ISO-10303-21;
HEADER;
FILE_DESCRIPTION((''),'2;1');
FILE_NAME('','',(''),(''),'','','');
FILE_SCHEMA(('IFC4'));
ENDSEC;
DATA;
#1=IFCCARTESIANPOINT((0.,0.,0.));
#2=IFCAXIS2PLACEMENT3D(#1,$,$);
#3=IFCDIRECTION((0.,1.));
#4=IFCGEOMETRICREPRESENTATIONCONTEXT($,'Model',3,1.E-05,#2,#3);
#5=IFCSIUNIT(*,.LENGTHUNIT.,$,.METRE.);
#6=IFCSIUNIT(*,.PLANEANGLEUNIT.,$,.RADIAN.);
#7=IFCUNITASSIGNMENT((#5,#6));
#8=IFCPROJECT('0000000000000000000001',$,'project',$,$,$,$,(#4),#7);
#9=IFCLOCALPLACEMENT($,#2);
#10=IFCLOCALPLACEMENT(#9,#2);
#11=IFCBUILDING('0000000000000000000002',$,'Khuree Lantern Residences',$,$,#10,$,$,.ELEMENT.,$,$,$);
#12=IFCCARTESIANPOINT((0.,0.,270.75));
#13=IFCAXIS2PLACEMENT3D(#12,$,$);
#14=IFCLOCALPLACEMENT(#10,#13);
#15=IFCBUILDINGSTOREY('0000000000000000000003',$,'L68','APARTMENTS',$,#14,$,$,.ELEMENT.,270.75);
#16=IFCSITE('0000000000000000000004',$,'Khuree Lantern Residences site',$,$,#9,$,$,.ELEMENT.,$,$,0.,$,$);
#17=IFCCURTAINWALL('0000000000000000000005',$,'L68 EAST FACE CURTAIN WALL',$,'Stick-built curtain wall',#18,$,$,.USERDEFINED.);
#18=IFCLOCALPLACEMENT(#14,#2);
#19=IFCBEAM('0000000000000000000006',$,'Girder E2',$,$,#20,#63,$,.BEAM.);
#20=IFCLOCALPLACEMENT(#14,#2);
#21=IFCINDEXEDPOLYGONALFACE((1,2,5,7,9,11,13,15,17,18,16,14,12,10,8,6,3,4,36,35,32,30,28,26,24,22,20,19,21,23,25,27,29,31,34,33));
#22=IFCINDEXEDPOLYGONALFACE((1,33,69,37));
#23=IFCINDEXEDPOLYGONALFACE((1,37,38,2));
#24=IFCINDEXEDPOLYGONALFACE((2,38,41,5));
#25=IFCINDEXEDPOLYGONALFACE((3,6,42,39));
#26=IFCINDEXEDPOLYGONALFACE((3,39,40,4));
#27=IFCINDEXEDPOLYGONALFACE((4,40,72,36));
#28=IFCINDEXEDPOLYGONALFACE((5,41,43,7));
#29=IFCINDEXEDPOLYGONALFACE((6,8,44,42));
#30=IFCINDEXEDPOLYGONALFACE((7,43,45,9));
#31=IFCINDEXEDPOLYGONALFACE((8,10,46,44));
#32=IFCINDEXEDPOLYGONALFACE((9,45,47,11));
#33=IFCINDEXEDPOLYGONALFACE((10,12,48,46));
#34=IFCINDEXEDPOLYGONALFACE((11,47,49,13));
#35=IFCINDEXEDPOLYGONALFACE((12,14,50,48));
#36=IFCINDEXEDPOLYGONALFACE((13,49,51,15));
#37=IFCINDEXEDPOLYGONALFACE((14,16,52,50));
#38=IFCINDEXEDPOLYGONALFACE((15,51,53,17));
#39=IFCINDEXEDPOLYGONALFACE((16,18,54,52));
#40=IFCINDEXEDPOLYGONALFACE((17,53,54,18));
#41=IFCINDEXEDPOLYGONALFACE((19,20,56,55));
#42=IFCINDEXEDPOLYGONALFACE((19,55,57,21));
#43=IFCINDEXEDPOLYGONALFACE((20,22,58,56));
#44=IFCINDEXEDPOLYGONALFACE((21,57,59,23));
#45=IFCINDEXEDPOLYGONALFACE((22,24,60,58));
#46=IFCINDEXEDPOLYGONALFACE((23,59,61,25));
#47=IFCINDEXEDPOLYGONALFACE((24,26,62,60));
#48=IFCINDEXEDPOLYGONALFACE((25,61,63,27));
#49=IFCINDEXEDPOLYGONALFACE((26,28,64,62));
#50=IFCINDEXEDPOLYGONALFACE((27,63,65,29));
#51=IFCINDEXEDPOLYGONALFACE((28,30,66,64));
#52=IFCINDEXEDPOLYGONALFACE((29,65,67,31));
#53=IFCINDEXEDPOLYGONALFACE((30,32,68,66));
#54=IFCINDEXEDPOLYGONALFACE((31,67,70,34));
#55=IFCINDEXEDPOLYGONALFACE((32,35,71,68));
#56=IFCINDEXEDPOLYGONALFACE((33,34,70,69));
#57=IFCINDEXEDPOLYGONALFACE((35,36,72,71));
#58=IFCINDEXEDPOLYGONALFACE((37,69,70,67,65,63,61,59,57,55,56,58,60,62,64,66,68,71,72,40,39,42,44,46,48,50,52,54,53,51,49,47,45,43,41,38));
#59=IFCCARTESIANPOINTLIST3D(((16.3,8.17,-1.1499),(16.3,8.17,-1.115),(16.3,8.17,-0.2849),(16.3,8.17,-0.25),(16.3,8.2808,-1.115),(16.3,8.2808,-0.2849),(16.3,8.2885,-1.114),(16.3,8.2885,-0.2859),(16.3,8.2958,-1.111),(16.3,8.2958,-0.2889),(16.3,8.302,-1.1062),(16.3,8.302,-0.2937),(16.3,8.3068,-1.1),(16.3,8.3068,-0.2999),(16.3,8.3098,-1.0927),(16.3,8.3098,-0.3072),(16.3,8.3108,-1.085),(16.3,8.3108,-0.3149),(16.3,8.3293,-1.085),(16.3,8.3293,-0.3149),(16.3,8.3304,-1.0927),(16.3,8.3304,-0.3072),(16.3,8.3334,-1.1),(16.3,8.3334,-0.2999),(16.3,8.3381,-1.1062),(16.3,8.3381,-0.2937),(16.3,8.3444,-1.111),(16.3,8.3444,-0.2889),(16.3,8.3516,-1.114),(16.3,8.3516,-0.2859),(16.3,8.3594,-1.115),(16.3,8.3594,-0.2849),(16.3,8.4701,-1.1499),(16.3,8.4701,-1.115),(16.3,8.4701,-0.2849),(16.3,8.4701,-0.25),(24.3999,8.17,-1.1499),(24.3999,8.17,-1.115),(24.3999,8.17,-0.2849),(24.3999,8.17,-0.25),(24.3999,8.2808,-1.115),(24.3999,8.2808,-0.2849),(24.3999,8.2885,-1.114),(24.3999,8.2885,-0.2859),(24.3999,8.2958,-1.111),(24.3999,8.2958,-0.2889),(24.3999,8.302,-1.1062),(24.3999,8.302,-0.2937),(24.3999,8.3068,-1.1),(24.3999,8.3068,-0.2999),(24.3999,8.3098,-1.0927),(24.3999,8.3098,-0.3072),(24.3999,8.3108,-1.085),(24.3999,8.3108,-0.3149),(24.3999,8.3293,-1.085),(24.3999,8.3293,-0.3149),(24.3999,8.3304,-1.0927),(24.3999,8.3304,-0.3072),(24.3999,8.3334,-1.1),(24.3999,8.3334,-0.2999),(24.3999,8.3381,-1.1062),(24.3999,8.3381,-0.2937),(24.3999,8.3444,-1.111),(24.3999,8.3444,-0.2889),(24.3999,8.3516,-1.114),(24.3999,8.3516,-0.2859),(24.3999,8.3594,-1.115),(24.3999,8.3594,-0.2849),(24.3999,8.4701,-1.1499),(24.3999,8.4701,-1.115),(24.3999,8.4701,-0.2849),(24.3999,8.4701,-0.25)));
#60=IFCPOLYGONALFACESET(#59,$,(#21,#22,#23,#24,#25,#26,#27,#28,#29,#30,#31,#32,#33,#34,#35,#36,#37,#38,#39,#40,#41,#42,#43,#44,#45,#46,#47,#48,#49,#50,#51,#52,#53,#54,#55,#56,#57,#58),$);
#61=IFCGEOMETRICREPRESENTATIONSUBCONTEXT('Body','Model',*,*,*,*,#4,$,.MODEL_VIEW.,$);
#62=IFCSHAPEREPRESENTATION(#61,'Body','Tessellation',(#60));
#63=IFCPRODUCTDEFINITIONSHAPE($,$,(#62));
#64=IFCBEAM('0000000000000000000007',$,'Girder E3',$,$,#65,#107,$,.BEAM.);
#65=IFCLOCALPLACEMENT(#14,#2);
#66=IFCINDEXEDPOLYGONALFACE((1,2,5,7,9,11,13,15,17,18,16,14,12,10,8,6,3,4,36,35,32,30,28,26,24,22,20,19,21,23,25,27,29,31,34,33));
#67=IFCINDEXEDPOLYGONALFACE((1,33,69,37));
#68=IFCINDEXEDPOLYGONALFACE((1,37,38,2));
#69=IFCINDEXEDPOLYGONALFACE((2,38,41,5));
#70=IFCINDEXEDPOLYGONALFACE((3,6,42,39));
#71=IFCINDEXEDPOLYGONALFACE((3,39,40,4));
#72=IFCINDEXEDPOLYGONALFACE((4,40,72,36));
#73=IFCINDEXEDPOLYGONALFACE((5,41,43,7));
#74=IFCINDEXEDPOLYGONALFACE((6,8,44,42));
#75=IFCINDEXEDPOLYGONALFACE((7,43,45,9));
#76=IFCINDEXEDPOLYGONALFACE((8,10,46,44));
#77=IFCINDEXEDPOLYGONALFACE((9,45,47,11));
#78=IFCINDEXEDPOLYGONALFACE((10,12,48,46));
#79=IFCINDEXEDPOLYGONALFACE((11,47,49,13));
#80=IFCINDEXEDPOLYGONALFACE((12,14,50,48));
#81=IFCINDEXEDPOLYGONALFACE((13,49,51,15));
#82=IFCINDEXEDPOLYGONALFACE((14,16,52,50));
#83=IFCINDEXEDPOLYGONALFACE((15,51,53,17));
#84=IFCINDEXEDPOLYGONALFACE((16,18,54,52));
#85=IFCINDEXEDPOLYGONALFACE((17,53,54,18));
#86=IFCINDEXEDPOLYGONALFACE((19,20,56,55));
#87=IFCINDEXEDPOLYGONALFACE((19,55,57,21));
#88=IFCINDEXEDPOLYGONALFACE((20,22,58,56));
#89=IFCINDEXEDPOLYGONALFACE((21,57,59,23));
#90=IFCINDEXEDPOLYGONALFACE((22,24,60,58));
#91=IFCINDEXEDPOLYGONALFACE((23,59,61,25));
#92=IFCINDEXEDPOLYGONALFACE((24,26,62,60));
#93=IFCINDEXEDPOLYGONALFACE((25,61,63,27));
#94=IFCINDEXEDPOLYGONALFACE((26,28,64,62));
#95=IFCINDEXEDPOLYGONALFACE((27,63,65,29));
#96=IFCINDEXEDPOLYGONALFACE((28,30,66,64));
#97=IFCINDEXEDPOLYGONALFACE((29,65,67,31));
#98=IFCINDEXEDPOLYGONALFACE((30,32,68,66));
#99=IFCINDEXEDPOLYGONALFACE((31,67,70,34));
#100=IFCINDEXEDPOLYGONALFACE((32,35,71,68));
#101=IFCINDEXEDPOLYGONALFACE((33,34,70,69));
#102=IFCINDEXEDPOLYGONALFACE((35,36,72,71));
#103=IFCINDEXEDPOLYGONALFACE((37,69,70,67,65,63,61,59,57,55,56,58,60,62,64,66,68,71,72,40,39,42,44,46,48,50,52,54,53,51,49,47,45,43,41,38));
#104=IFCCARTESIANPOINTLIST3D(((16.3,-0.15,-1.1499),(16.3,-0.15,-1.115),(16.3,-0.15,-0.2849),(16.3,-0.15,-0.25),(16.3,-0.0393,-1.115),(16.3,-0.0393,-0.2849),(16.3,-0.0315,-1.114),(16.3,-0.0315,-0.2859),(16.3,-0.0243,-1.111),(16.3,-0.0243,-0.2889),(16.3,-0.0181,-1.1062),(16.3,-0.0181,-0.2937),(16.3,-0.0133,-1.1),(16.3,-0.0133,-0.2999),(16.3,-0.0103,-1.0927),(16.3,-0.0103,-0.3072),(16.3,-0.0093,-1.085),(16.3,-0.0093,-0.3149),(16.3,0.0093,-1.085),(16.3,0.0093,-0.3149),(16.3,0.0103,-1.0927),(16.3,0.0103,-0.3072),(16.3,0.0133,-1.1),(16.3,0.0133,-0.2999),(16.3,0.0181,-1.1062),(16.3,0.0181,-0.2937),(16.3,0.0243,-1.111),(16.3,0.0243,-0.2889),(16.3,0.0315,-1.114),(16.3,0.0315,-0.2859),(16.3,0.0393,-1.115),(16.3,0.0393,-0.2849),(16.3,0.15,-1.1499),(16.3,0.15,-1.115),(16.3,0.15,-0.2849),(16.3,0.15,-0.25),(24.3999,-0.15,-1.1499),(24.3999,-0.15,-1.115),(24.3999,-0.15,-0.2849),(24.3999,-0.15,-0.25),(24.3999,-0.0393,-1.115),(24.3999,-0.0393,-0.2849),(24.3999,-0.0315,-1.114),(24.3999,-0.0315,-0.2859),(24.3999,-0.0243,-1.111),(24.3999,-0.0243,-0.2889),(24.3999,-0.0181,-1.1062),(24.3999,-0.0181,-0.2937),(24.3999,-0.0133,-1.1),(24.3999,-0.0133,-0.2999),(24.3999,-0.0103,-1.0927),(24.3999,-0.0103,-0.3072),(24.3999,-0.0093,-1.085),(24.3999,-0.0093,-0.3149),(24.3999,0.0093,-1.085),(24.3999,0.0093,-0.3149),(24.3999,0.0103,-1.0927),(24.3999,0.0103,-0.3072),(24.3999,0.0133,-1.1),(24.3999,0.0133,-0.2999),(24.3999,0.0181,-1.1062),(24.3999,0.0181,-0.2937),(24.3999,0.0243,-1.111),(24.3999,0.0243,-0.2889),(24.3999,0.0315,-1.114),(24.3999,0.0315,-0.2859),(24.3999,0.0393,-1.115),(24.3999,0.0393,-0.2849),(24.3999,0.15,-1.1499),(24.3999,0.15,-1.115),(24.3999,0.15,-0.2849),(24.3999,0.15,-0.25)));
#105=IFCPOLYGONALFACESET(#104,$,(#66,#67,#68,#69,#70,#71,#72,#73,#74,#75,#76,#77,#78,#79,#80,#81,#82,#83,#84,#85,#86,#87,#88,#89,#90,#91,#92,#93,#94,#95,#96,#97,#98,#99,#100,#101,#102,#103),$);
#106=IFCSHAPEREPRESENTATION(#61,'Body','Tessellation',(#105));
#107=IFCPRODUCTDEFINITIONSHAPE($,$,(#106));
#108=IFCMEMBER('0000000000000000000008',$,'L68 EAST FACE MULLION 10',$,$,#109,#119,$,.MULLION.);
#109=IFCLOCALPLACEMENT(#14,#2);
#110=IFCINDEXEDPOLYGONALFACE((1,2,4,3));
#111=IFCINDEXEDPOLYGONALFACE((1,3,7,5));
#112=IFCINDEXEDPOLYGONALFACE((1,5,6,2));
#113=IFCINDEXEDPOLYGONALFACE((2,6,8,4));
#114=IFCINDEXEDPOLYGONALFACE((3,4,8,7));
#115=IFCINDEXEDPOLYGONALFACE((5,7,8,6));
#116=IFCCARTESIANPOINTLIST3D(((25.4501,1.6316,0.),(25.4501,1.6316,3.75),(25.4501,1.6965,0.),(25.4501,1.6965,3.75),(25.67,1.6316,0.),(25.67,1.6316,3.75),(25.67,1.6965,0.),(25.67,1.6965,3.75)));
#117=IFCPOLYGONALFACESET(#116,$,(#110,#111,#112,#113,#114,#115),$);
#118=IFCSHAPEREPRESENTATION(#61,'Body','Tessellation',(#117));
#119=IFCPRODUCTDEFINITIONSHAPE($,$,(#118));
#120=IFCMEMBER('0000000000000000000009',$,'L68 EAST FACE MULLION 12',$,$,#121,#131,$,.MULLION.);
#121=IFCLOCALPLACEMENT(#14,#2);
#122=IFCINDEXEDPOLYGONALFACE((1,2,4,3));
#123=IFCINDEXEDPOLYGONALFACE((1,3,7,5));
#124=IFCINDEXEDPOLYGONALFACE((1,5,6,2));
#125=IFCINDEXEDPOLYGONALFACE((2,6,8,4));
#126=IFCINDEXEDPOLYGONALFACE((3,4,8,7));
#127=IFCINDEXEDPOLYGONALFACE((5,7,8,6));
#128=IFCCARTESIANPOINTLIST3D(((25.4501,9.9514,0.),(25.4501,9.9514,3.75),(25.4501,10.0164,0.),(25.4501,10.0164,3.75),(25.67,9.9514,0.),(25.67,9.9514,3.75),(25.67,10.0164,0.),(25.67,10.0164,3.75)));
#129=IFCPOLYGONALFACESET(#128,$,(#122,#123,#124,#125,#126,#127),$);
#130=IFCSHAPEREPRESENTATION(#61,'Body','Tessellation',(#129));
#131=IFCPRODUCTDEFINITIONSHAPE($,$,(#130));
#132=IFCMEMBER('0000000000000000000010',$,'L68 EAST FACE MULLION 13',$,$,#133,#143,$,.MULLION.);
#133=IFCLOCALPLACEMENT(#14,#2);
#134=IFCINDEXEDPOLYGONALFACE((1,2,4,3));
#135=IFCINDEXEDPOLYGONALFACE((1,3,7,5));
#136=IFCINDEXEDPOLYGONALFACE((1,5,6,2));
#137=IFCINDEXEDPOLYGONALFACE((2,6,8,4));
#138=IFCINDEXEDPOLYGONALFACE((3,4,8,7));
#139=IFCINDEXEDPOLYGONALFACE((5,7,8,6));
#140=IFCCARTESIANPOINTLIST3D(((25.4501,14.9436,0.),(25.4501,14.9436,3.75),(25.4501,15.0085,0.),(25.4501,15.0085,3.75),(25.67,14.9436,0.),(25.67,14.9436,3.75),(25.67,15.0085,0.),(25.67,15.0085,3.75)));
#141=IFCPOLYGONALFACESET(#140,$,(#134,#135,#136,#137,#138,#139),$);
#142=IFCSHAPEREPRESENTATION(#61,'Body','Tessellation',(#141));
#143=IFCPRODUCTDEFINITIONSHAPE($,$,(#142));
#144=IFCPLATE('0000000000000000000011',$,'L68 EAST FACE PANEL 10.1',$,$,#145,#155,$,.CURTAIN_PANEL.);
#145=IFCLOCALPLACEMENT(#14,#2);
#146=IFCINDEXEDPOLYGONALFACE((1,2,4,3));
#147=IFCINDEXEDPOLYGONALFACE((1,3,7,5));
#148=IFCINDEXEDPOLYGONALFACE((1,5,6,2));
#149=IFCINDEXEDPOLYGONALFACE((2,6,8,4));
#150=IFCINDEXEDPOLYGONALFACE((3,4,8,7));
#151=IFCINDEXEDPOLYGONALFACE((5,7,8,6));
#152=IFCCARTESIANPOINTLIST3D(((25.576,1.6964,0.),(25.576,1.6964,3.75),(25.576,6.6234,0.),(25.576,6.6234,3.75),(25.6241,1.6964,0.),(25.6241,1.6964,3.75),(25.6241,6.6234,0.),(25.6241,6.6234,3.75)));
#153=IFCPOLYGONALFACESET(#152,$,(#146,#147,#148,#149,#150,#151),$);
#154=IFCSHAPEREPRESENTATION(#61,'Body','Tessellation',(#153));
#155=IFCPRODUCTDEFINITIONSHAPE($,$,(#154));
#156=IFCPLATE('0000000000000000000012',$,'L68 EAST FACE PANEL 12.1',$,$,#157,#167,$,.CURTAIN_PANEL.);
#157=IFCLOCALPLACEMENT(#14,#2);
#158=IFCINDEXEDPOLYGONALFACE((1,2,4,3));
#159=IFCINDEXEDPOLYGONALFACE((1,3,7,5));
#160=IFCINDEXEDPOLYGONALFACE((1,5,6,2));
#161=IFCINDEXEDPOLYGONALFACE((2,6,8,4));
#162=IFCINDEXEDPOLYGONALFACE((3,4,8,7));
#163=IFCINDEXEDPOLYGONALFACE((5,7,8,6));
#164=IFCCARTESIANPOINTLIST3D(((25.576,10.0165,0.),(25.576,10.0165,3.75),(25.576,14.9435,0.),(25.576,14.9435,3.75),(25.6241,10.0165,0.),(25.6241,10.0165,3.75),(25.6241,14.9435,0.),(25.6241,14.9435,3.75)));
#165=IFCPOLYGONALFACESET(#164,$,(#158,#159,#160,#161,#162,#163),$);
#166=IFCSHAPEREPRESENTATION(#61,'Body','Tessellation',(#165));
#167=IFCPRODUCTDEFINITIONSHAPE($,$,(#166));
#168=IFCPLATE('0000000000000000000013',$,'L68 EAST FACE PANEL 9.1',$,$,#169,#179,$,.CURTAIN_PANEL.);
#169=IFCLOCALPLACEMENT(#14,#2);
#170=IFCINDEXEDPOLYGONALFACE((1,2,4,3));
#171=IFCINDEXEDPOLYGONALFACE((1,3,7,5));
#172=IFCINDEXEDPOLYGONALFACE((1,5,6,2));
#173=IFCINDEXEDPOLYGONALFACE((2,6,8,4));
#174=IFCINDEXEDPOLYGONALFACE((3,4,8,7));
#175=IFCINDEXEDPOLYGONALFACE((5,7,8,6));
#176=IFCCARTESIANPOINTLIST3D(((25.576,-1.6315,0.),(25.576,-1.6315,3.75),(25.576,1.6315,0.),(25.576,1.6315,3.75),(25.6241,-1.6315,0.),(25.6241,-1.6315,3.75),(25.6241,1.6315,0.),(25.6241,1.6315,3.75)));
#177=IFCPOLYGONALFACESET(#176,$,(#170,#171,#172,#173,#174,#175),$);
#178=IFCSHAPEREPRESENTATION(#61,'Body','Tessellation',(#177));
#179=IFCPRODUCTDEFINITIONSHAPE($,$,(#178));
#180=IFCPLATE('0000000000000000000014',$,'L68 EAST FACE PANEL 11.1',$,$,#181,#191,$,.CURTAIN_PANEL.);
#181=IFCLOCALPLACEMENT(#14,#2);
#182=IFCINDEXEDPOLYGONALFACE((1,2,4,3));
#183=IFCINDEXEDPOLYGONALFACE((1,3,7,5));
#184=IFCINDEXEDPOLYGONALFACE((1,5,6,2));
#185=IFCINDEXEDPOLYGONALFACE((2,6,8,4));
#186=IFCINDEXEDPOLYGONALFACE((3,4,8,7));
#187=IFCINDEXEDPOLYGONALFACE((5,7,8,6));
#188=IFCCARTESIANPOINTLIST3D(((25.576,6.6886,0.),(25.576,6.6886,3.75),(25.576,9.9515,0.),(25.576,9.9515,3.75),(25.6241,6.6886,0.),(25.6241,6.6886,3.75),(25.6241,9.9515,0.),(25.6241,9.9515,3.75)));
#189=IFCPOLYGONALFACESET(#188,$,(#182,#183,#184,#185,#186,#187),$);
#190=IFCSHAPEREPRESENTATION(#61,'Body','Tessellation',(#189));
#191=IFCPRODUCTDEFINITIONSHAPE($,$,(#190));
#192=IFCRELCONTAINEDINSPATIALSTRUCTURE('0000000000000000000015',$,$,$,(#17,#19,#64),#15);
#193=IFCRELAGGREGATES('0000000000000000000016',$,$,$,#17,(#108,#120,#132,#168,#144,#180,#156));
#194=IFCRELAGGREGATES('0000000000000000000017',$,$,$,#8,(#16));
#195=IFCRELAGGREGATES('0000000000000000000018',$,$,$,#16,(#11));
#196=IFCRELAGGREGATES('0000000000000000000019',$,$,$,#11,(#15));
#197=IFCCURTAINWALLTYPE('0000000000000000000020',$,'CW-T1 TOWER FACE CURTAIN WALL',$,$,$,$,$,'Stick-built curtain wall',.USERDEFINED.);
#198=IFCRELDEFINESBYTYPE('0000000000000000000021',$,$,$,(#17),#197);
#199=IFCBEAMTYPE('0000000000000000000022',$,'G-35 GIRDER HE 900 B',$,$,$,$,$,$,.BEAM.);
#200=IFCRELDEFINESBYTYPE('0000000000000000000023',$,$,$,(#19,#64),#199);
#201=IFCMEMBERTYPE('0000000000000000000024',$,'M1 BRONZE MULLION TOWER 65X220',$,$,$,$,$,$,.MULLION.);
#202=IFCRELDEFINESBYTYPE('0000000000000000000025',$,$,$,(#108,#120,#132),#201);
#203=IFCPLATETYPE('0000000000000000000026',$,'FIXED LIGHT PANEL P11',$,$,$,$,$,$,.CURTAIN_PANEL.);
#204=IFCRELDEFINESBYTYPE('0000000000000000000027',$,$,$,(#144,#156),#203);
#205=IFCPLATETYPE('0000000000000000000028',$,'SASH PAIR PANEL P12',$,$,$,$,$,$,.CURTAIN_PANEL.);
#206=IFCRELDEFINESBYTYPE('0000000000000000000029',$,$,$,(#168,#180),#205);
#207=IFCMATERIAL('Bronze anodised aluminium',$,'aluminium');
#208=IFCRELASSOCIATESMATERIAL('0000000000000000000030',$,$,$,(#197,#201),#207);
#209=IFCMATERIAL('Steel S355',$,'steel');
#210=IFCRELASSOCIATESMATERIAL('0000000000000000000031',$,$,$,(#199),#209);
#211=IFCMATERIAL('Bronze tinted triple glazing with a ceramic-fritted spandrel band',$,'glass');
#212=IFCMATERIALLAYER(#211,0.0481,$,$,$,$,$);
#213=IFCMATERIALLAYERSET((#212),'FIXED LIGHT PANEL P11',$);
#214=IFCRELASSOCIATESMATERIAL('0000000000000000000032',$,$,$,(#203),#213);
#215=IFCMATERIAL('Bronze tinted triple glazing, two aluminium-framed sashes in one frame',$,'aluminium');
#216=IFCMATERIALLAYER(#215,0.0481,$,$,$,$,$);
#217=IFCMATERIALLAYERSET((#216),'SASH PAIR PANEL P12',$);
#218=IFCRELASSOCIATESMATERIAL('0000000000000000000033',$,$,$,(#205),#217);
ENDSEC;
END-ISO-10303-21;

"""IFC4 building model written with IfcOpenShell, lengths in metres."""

from ifc_helpers import new_model, si_unit, direction, frame, origin, origin_2d, place, context, subcontext, project, spatial, rectangle, i_section, extrude, material, layer, layer_set, material_profile, profile_set, type_object, element, aggregate, save


model = new_model("IFC4")

# Units and contexts
model_context = context("Model", 3, precision=1e-05, world=origin(), true_north=direction((0.0, 1.0)))
body_context = subcontext(model_context, "Body", "Model", "MODEL_VIEW")
ifc_project = project(units=[si_unit("LENGTHUNIT", "METRE"), si_unit("PLANEANGLEUNIT", "RADIAN")], contexts=[model_context])

# Site, building, storey
site_placement = place(None, origin())
site = spatial("IfcSite", under=ifc_project, at=site_placement, Name="Khuree Lantern Residences site", CompositionType="ELEMENT", RefElevation=0.0)
building_placement = place(site_placement, origin())
building = spatial("IfcBuilding", under=site, at=building_placement, Name="Khuree Lantern Residences", CompositionType="ELEMENT")
storey_placement = place(building_placement, frame((0.0, 0.0, 270.75)))
storey = spatial("IfcBuildingStorey", under=building, at=storey_placement, Name="L68", Description="APARTMENTS", CompositionType="ELEMENT", Elevation=270.75)

# Shared definitions
ifc_material_1 = material(Name="Steel S355", Category="steel")

# Curtain wall
ifc_material_2 = material(Name="Bronze anodised aluminium", Category="aluminium")
curtain_wall_type = type_object("IfcCurtainWallType", Name="CW-T1 TOWER FACE CURTAIN WALL", ElementType="Stick-built curtain wall", PredefinedType="USERDEFINED", material=ifc_material_2)
curtain_wall_placement = place(storey_placement, origin())
curtain_wall = element("IfcCurtainWall", 1, at=curtain_wall_placement, inside=storey, type_object=curtain_wall_type, Name="L68 EAST FACE CURTAIN WALL", ObjectType="Stick-built curtain wall", PredefinedType="USERDEFINED")

# Beams
ifc_material_profile_1 = material_profile(ifc_material_1, i_section(OverallWidth=0.3, OverallDepth=0.8999, WebThickness=0.0186, FlangeThickness=0.0349, FilletRadius=0.03, at=origin_2d()), Name="HE 900 B")
ifc_profile_set_1 = profile_set([ifc_material_profile_1], Name="Steel S355")
beam_type_1 = type_object("IfcBeamType", Name="G-35 GIRDER HE 900 B", PredefinedType="BEAM", material=ifc_profile_set_1)
for number, where, z_axis, x_axis, name in (
    (2, (24.3999, 8.3201, -0.7), (-1.0, 0.0, 0.0), (0.0, -1.0, 0.0), "Girder E2"),
    (3, (24.3999, 0.0, -0.7), (-1.0, 0.0, 0.0), (0.0, -1.0, 0.0), "Girder E3"),
):
    element("IfcBeam", number, at=place(storey_placement, frame(where, z_axis=z_axis, x_axis=x_axis)), inside=storey, type_object=beam_type_1, Name=name, PredefinedType="BEAM", context=body_context, shape_type="SweptSolid", body=[
        extrude(i_section(OverallWidth=0.3, OverallDepth=0.8999, WebThickness=0.0186, FlangeThickness=0.0349, FilletRadius=0.03, at=origin_2d()), origin(), (0.0, 0.0, 1.0), 8.0999),
    ])

# Members
ifc_material_profile_2 = material_profile(ifc_material_2, rectangle(XDim=0.0649, YDim=0.22, at=origin_2d()), Name="M1 65X220")
ifc_profile_set_2 = profile_set([ifc_material_profile_2], Name="Bronze anodised aluminium")
member_type_1 = type_object("IfcMemberType", Name="M1 BRONZE MULLION TOWER 65X220", PredefinedType="MULLION", material=ifc_profile_set_2)
member_1_placement = place(storey_placement, frame((25.5601, 1.6641, 0.0), z_axis=(0.0, 0.0, 1.0), x_axis=(0.0, 1.0, 0.0)))
member_1 = element("IfcMember", 4, at=member_1_placement, type_object=member_type_1, Name="L68 EAST FACE MULLION 10", PredefinedType="MULLION", context=body_context, shape_type="SweptSolid", body=[
    extrude(rectangle(XDim=0.0649, YDim=0.22, at=origin_2d()), origin(), (0.0, 0.0, 1.0), 3.75),
])
member_2_placement = place(storey_placement, frame((25.5601, 9.9839, 0.0), z_axis=(0.0, 0.0, 1.0), x_axis=(0.0, 1.0, 0.0)))
member_2 = element("IfcMember", 5, at=member_2_placement, type_object=member_type_1, Name="L68 EAST FACE MULLION 12", PredefinedType="MULLION", context=body_context, shape_type="SweptSolid", body=[
    extrude(rectangle(XDim=0.0649, YDim=0.22, at=origin_2d()), origin(), (0.0, 0.0, 1.0), 3.75),
])
member_3_placement = place(storey_placement, frame((25.5601, 14.9761, 0.0), z_axis=(0.0, 0.0, 1.0), x_axis=(0.0, 1.0, 0.0)))
member_3 = element("IfcMember", 6, at=member_3_placement, type_object=member_type_1, Name="L68 EAST FACE MULLION 13", PredefinedType="MULLION", context=body_context, shape_type="SweptSolid", body=[
    extrude(rectangle(XDim=0.0649, YDim=0.22, at=origin_2d()), origin(), (0.0, 0.0, 1.0), 3.75),
])

# Plates
ifc_material_3 = material(Name="Bronze tinted triple glazing with a ceramic-fritted spandrel band", Category="glass")
ifc_layer_1 = layer(ifc_material_3, 0.0481)
ifc_layer_set_1 = layer_set([ifc_layer_1], Name="FIXED LIGHT PANEL P11")
plate_type_1 = type_object("IfcPlateType", Name="FIXED LIGHT PANEL P11", PredefinedType="CURTAIN_PANEL", material=ifc_layer_set_1)
plate_1_placement = place(storey_placement, frame((25.6001, 4.1599, 0.0), z_axis=(0.0, 0.0, 1.0), x_axis=(0.0, 1.0, 0.0)))
plate_1 = element("IfcPlate", 7, at=plate_1_placement, type_object=plate_type_1, Name="L68 EAST FACE PANEL 10.1", PredefinedType="CURTAIN_PANEL", context=body_context, shape_type="SweptSolid", body=[
    extrude(rectangle(XDim=4.927, YDim=0.0481, at=origin_2d()), origin(), (0.0, 0.0, 1.0), 3.75),
])
plate_2_placement = place(storey_placement, frame((25.6001, 12.48, 0.0), z_axis=(0.0, 0.0, 1.0), x_axis=(0.0, 1.0, 0.0)))
plate_2 = element("IfcPlate", 8, at=plate_2_placement, type_object=plate_type_1, Name="L68 EAST FACE PANEL 12.1", PredefinedType="CURTAIN_PANEL", context=body_context, shape_type="SweptSolid", body=[
    extrude(rectangle(XDim=4.927, YDim=0.0481, at=origin_2d()), origin(), (0.0, 0.0, 1.0), 3.75),
])
ifc_material_4 = material(Name="Bronze tinted triple glazing, two aluminium-framed sashes in one frame", Category="aluminium")
ifc_layer_2 = layer(ifc_material_4, 0.0481)
ifc_layer_set_2 = layer_set([ifc_layer_2], Name="SASH PAIR PANEL P12")
plate_type_2 = type_object("IfcPlateType", Name="SASH PAIR PANEL P12", PredefinedType="CURTAIN_PANEL", material=ifc_layer_set_2)
plate_3_placement = place(storey_placement, frame((25.6001, 0.0, 0.0), z_axis=(0.0, 0.0, 1.0), x_axis=(0.0, 1.0, 0.0)))
plate_3 = element("IfcPlate", 9, at=plate_3_placement, type_object=plate_type_2, Name="L68 EAST FACE PANEL 9.1", PredefinedType="CURTAIN_PANEL", context=body_context, shape_type="SweptSolid", body=[
    extrude(rectangle(XDim=3.2629, YDim=0.0481, at=origin_2d()), origin(), (0.0, 0.0, 1.0), 3.75),
])
plate_4_placement = place(storey_placement, frame((25.6001, 8.3201, 0.0), z_axis=(0.0, 0.0, 1.0), x_axis=(0.0, 1.0, 0.0)))
plate_4 = element("IfcPlate", 10, at=plate_4_placement, type_object=plate_type_2, Name="L68 EAST FACE PANEL 11.1", PredefinedType="CURTAIN_PANEL", context=body_context, shape_type="SweptSolid", body=[
    extrude(rectangle(XDim=3.2629, YDim=0.0481, at=origin_2d()), origin(), (0.0, 0.0, 1.0), 3.75),
])
aggregate(curtain_wall, [member_1, member_2, member_3, plate_3, plate_1, plate_4, plate_2])

save(model, "model.ifc")
